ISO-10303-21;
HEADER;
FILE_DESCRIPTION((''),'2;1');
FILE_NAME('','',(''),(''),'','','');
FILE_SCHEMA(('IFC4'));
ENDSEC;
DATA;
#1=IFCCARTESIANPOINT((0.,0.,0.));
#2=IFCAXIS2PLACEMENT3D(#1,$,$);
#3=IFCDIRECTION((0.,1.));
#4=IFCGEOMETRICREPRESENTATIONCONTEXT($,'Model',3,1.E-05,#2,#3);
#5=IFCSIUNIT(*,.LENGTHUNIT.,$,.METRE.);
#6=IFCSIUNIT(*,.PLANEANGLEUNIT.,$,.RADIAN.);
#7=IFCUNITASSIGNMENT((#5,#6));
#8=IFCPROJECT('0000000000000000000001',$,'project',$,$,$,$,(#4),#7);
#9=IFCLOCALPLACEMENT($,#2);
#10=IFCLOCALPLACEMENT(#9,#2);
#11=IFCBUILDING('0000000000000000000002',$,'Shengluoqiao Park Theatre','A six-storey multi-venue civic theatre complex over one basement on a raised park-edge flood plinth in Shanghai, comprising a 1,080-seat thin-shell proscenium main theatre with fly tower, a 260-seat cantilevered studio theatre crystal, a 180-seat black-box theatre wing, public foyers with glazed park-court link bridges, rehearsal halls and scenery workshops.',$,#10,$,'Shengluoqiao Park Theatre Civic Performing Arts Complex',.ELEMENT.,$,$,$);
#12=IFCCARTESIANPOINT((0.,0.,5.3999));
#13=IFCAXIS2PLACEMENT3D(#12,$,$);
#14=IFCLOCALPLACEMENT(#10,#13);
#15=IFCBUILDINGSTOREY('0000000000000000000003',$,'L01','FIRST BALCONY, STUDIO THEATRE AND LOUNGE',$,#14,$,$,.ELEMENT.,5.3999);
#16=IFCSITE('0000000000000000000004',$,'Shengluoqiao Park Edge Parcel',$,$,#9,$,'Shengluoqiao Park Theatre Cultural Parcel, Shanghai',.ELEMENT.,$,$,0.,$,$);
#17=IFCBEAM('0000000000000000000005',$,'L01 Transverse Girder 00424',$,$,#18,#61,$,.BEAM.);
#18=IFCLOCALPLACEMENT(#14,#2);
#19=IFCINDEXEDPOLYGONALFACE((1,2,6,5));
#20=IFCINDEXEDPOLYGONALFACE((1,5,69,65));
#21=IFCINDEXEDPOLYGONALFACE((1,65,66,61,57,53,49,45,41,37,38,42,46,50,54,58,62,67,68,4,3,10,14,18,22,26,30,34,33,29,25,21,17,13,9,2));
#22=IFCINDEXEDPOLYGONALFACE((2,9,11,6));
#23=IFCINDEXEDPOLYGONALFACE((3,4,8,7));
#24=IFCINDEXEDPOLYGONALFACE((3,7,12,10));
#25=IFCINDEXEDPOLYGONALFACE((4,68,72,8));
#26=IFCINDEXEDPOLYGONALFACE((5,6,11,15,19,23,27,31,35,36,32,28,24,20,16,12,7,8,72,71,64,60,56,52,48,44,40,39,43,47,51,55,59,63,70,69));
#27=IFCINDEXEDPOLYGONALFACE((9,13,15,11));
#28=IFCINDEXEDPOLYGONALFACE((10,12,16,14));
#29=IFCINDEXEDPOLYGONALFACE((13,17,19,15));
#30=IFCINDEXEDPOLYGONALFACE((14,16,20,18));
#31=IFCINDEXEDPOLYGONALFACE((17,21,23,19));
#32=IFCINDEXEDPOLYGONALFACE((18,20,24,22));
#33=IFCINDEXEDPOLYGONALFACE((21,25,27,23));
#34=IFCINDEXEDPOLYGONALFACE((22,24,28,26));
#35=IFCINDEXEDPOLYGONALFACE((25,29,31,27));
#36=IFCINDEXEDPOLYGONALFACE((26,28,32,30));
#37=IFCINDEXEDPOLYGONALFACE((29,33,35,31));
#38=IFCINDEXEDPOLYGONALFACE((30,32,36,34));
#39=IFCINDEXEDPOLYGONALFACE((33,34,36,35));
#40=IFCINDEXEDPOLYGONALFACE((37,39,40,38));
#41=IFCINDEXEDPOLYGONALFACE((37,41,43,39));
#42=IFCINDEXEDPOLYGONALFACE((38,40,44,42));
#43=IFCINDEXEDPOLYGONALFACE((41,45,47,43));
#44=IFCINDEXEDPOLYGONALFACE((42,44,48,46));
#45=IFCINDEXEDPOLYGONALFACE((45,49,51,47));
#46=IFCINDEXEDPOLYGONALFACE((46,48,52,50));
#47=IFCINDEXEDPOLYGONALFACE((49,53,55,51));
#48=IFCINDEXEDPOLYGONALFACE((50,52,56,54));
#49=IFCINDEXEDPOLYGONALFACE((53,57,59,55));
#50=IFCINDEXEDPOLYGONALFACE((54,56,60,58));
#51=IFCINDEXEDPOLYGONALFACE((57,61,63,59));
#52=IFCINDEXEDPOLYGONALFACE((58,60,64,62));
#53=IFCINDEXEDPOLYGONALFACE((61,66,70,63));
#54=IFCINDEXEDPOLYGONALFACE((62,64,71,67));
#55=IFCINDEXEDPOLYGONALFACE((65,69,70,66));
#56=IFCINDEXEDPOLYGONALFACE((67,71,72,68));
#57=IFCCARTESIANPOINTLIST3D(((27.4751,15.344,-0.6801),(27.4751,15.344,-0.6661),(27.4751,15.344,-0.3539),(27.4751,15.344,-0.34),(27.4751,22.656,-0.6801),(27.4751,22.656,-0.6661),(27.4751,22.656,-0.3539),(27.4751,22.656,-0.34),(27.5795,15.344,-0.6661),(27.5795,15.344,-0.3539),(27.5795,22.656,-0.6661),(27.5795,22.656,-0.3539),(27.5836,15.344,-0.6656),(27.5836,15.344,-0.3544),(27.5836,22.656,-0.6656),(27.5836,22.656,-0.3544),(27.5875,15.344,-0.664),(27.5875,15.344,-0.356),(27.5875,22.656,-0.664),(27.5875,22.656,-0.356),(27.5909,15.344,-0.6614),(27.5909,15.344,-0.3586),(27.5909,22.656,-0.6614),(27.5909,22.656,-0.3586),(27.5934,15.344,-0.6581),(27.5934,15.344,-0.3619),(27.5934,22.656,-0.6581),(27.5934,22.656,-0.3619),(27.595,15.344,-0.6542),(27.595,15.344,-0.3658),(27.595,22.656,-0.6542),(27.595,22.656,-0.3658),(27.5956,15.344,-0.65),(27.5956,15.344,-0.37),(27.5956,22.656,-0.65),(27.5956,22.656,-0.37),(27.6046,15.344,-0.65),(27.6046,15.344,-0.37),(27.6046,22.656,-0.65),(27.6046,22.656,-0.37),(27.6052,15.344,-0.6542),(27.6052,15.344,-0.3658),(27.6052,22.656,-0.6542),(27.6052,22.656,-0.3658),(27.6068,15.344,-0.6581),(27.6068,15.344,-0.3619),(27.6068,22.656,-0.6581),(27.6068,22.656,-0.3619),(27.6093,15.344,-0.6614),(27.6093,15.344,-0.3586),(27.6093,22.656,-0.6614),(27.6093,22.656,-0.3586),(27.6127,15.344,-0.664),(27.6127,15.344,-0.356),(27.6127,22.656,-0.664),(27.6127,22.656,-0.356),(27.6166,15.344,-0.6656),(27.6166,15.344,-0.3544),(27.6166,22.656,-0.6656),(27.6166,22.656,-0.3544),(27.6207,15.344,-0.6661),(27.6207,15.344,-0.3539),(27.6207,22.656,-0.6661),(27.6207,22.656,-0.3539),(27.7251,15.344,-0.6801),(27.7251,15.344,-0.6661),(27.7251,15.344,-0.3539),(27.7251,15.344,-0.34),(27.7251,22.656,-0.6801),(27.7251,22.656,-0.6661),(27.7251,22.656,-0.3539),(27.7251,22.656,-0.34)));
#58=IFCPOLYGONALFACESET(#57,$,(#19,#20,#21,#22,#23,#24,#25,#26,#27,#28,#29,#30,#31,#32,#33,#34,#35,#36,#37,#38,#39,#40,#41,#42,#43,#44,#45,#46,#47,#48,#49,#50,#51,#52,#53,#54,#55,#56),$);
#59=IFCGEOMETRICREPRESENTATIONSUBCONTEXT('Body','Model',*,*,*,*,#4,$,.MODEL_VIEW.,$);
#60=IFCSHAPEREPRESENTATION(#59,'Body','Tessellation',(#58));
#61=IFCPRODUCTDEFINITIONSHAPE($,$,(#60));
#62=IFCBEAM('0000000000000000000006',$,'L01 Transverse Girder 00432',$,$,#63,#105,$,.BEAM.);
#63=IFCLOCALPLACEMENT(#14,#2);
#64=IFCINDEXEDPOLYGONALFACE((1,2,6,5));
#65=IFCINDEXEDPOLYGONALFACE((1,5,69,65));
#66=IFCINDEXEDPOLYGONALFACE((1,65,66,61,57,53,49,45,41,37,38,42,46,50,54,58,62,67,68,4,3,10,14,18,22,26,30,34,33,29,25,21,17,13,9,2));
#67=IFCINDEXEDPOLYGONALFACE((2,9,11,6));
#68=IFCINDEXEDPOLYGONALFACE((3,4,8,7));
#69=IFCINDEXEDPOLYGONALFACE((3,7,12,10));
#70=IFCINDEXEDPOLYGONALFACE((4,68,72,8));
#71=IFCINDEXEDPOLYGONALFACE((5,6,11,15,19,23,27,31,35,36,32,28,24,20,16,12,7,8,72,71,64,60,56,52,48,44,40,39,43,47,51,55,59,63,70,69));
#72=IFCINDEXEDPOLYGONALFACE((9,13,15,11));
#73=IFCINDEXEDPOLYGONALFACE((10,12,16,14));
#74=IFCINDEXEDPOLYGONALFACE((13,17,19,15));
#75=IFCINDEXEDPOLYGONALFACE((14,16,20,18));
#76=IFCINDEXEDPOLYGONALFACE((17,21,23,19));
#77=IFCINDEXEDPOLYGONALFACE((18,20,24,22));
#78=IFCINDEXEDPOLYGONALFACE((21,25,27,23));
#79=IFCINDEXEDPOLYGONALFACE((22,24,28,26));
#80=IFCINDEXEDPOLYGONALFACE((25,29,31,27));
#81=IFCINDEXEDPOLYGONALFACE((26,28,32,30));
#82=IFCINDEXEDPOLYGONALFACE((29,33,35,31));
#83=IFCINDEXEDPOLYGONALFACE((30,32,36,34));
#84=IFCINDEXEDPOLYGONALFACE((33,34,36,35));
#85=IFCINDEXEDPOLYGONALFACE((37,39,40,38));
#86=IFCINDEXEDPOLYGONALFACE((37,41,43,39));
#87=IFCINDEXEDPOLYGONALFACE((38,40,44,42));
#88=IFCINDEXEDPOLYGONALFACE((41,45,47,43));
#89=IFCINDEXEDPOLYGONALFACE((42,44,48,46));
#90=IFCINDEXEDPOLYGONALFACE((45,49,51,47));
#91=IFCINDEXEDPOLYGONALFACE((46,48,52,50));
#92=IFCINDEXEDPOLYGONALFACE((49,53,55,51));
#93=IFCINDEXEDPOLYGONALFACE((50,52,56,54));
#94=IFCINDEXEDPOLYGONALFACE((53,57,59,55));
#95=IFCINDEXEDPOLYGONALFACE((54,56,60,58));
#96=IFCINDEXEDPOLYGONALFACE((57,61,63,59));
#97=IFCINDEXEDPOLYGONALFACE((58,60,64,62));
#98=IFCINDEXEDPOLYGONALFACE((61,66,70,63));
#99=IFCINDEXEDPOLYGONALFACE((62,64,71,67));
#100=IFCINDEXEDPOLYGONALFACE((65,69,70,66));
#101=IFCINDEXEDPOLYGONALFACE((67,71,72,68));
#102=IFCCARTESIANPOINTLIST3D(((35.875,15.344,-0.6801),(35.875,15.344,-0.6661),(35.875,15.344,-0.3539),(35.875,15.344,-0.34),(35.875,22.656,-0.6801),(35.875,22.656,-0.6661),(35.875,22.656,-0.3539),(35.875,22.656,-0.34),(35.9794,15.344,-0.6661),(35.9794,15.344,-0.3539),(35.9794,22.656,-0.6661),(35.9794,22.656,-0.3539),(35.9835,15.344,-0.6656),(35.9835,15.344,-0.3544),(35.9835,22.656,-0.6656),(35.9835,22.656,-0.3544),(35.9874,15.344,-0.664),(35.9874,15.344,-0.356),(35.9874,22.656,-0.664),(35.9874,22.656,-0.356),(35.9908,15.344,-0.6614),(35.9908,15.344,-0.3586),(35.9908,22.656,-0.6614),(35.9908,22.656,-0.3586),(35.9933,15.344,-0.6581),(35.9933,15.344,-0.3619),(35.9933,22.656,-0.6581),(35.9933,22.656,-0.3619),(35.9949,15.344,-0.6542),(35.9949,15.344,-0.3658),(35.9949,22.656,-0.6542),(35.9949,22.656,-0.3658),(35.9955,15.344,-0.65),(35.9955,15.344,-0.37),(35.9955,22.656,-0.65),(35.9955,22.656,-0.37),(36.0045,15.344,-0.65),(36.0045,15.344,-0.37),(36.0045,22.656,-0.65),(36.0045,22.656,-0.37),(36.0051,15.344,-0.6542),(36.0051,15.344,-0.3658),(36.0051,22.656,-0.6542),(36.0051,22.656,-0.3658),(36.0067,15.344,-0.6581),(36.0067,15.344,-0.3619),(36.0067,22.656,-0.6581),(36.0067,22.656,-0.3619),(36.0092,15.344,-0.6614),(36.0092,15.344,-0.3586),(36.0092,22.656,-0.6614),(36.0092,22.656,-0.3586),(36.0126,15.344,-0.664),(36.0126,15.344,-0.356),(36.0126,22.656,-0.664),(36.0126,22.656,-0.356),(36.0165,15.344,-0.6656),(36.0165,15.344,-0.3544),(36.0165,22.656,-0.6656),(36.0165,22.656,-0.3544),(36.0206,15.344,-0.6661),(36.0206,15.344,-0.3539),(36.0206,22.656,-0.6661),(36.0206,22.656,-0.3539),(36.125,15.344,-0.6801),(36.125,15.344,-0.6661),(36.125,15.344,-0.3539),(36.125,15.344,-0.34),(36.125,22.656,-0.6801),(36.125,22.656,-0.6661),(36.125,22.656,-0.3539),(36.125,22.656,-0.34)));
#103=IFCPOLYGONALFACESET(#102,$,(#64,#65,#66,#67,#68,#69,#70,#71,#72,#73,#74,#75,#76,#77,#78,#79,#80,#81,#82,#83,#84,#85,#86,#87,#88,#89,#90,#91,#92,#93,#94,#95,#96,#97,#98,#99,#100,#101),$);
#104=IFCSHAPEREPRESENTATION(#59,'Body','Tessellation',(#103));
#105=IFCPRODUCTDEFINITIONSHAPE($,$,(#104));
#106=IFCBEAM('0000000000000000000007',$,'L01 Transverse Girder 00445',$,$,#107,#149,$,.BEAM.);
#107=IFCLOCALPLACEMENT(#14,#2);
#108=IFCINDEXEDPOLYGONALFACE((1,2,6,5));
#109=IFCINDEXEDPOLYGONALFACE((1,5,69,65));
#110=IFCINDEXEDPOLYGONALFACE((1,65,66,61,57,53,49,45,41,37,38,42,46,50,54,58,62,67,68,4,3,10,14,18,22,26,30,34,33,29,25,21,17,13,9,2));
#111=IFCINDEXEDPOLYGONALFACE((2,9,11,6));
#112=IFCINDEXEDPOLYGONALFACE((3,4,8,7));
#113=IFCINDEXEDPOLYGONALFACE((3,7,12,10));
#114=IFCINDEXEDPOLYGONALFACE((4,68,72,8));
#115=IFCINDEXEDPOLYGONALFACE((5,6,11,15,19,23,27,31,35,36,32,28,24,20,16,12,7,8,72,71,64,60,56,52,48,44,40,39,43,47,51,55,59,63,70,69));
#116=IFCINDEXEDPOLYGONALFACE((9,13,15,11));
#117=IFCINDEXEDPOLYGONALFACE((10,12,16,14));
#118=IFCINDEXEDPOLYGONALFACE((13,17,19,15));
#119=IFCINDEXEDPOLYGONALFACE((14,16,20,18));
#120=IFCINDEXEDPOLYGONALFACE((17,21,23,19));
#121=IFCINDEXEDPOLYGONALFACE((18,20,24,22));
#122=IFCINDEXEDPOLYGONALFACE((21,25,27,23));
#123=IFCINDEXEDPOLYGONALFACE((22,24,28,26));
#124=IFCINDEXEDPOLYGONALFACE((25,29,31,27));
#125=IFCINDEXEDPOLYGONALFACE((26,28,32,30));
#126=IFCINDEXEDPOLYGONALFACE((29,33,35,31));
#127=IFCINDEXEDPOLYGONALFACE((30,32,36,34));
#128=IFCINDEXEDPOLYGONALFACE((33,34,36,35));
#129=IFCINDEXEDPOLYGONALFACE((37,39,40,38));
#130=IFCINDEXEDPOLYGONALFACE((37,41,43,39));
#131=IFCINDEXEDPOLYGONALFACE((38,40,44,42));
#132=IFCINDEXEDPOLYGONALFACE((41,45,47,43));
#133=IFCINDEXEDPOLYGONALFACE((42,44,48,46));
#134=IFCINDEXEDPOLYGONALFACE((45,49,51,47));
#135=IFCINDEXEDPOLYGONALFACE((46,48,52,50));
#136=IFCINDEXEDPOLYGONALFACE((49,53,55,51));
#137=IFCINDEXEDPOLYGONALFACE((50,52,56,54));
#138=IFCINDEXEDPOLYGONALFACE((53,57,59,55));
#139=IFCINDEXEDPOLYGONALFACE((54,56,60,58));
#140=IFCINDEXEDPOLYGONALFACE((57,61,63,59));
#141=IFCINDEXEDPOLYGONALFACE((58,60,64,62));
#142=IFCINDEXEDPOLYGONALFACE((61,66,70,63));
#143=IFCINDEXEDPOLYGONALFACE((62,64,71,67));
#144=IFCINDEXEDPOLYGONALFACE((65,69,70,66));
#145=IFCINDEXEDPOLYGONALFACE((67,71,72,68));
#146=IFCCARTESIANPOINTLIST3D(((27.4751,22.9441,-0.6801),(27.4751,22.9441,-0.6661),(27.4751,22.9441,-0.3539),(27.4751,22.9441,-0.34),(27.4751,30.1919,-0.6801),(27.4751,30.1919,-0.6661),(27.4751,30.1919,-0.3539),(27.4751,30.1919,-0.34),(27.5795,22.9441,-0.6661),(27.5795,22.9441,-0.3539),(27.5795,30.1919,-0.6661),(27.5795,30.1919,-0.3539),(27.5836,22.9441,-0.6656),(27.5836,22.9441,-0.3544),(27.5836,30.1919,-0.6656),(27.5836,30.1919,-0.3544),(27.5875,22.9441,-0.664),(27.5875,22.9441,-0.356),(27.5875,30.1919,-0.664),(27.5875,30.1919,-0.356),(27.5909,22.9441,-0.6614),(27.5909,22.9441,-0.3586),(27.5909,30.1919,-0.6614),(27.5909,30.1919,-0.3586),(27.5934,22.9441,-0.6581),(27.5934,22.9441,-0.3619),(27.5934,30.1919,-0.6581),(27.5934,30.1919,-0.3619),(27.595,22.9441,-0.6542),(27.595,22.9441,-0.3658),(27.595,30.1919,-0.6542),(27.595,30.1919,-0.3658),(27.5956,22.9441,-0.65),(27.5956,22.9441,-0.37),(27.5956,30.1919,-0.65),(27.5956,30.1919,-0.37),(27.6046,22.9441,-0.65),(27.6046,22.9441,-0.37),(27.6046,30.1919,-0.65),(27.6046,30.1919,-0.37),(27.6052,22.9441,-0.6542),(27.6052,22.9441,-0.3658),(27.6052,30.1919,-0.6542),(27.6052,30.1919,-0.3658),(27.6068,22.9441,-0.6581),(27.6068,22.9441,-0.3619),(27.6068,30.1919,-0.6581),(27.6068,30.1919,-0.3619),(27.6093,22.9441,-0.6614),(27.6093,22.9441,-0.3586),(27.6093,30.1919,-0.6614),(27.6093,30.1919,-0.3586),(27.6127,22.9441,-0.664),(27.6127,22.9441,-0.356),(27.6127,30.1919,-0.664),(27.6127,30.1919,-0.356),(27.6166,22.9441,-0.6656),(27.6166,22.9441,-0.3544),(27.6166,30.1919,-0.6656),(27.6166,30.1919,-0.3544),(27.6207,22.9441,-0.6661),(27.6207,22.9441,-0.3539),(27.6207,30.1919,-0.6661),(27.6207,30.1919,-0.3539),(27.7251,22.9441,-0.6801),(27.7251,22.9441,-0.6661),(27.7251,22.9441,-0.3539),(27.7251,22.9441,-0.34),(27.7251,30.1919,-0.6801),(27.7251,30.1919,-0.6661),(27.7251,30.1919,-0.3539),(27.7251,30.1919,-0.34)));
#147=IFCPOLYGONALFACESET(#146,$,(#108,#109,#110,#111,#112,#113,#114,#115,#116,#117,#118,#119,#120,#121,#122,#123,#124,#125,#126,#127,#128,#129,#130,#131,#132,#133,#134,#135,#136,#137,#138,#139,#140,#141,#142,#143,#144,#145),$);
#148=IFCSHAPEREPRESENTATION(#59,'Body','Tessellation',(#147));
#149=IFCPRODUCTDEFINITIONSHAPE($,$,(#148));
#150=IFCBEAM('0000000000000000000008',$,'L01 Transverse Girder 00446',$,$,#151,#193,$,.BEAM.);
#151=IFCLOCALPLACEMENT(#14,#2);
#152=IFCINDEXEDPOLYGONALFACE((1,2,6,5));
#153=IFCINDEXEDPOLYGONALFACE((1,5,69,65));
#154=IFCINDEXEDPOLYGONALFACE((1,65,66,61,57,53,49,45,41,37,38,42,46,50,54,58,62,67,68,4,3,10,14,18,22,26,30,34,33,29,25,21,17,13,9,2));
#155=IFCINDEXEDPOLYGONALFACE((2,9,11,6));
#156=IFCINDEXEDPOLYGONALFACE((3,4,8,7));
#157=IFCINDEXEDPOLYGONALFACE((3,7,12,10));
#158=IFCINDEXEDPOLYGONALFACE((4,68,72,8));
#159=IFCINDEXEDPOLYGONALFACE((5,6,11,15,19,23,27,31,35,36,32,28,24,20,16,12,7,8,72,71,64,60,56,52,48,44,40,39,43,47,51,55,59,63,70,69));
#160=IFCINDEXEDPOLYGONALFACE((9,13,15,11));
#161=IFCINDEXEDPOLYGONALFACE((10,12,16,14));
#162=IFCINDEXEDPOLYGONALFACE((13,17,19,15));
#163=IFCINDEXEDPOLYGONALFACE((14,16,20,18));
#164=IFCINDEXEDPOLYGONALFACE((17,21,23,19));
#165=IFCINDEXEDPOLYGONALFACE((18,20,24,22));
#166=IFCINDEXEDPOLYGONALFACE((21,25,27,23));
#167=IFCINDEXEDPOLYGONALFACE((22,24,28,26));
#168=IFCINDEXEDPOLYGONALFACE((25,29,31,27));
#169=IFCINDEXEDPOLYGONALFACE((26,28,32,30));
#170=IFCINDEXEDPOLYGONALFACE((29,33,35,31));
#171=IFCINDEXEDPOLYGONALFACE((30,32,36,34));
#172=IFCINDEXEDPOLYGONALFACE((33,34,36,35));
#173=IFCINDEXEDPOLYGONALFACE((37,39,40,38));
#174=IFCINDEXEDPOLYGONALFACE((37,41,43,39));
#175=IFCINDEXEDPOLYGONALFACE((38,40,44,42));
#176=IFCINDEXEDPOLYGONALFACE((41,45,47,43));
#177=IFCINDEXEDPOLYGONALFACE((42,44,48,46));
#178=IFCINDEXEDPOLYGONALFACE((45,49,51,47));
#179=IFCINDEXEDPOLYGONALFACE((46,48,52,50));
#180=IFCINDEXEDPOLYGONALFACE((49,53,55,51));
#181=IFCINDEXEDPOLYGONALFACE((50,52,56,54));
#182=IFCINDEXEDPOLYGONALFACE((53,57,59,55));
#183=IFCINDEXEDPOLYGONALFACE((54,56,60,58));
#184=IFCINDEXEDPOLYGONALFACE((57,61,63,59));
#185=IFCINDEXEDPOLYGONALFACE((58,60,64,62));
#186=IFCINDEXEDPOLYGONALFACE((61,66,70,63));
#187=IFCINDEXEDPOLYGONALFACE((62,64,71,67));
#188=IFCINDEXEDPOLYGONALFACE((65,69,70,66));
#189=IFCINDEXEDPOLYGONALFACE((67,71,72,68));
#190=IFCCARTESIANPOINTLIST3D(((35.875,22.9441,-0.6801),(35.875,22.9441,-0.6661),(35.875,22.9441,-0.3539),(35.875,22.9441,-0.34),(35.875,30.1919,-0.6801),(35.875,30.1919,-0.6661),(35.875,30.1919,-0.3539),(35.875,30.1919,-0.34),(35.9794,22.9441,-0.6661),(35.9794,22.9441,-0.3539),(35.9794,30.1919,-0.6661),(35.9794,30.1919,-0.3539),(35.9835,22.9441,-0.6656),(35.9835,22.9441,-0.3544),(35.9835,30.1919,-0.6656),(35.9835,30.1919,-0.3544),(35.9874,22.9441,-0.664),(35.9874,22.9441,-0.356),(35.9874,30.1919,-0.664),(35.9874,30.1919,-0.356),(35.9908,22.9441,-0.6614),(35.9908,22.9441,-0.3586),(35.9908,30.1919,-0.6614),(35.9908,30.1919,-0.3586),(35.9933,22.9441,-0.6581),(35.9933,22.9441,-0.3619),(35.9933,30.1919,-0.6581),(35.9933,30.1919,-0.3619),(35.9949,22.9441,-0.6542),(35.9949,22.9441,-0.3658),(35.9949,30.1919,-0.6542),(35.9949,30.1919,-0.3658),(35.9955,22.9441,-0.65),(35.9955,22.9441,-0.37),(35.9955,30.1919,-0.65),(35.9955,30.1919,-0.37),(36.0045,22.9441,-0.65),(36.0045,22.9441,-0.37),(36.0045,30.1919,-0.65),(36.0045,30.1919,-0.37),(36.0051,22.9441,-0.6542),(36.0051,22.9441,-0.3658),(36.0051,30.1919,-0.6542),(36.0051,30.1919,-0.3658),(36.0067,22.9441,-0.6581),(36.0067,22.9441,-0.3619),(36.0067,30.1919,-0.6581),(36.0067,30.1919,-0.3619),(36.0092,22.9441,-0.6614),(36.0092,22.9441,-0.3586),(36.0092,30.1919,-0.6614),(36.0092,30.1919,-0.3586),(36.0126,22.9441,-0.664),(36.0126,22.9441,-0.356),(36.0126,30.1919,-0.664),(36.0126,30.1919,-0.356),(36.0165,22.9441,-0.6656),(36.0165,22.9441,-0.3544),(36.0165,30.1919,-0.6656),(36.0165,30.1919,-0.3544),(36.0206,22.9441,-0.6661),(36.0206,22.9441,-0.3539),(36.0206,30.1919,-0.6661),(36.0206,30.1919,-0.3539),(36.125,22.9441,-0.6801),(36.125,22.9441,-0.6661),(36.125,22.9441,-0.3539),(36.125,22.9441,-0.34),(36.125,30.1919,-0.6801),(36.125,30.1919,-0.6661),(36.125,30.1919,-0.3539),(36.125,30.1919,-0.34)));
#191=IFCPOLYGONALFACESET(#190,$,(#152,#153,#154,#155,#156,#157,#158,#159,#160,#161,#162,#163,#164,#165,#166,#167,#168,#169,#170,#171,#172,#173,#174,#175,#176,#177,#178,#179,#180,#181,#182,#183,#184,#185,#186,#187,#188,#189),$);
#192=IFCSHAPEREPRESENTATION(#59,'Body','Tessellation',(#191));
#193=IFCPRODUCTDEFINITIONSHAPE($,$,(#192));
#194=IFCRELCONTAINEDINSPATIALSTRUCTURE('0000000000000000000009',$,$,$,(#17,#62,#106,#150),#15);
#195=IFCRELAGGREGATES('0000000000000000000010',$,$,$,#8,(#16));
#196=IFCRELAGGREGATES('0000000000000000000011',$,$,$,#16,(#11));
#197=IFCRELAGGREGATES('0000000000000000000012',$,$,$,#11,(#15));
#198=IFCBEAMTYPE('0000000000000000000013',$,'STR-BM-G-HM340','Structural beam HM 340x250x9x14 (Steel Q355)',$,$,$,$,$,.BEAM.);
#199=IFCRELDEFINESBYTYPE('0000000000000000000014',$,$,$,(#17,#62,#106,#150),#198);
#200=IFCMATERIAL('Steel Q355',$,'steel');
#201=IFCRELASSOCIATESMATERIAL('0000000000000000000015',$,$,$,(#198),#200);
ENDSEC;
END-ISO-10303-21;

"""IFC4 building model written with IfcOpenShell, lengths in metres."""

from ifc_helpers import new_model, si_unit, direction, frame, origin, origin_2d, place, context, subcontext, project, spatial, i_section, extrude, material, material_profile, profile_set, type_object, element, save


model = new_model("IFC4")

# Units and contexts
model_context = context("Model", 3, precision=1e-05, world=origin(), true_north=direction((0.0, 1.0)))
body_context = subcontext(model_context, "Body", "Model", "MODEL_VIEW")
ifc_project = project(units=[si_unit("LENGTHUNIT", "METRE"), si_unit("PLANEANGLEUNIT", "RADIAN")], contexts=[model_context])

# Site, building, storey
site_placement = place(None, origin())
site = spatial("IfcSite", under=ifc_project, at=site_placement, Name="Shengluoqiao Park Edge Parcel", LongName="Shengluoqiao Park Theatre Cultural Parcel, Shanghai", CompositionType="ELEMENT", RefElevation=0.0)
building_placement = place(site_placement, origin())
building = spatial("IfcBuilding", under=site, at=building_placement, Name="Shengluoqiao Park Theatre", Description="A six-storey multi-venue civic theatre complex over one basement on a raised park-edge flood plinth in Shanghai, comprising a 1,080-seat thin-shell proscenium main theatre with fly tower, a 260-seat cantilevered studio theatre crystal, a 180-seat black-box theatre wing, public foyers with glazed park-court link bridges, rehearsal halls and scenery workshops.", LongName="Shengluoqiao Park Theatre Civic Performing Arts Complex", CompositionType="ELEMENT")
storey_placement = place(building_placement, frame((0.0, 0.0, 5.3999)))
storey = spatial("IfcBuildingStorey", under=building, at=storey_placement, Name="L01", Description="FIRST BALCONY, STUDIO THEATRE AND LOUNGE", CompositionType="ELEMENT", Elevation=5.3999)

# Shared definitions
ifc_material_1 = material(Name="Steel Q355", Category="steel")

# Beams
ifc_material_profile_1 = material_profile(ifc_material_1, i_section(OverallWidth=0.25, OverallDepth=0.3401, WebThickness=0.009, FlangeThickness=0.0139, FilletRadius=0.0161, at=origin_2d()), Name="HM 340x250x9x14")
ifc_profile_set_1 = profile_set([ifc_material_profile_1], Name="Steel Q355")
beam_type_1 = type_object("IfcBeamType", Name="STR-BM-G-HM340", Description="Structural beam HM 340x250x9x14 (Steel Q355)", PredefinedType="BEAM", material=ifc_profile_set_1)
for number, where, z_axis, x_axis, name in (
    (1, (27.6001, 15.344, -0.51), (0.0, 1.0, 0.0), (-1.0, 0.0, 0.0), "L01 Transverse Girder 00424"),
    (2, (36.0, 15.344, -0.51), (0.0, 1.0, 0.0), (-1.0, 0.0, 0.0), "L01 Transverse Girder 00432"),
):
    element("IfcBeam", number, at=place(storey_placement, frame(where, z_axis=z_axis, x_axis=x_axis)), inside=storey, type_object=beam_type_1, Name=name, PredefinedType="BEAM", context=body_context, shape_type="SweptSolid", body=[
        extrude(i_section(OverallWidth=0.25, OverallDepth=0.3401, WebThickness=0.009, FlangeThickness=0.0139, FilletRadius=0.0161, at=origin_2d()), origin(), (0.0, 0.0, 1.0), 7.312),
    ])
for number, where, z_axis, x_axis, name in (
    (3, (27.6001, 22.9441, -0.51), (0.0, 1.0, 0.0), (-1.0, 0.0, 0.0), "L01 Transverse Girder 00445"),
    (4, (36.0, 22.9441, -0.51), (0.0, 1.0, 0.0), (-1.0, 0.0, 0.0), "L01 Transverse Girder 00446"),
):
    element("IfcBeam", number, at=place(storey_placement, frame(where, z_axis=z_axis, x_axis=x_axis)), inside=storey, type_object=beam_type_1, Name=name, PredefinedType="BEAM", context=body_context, shape_type="SweptSolid", body=[
        extrude(i_section(OverallWidth=0.25, OverallDepth=0.3401, WebThickness=0.009, FlangeThickness=0.0139, FilletRadius=0.0161, at=origin_2d()), origin(), (0.0, 0.0, 1.0), 7.2478),
    ])

save(model, "model.ifc")
